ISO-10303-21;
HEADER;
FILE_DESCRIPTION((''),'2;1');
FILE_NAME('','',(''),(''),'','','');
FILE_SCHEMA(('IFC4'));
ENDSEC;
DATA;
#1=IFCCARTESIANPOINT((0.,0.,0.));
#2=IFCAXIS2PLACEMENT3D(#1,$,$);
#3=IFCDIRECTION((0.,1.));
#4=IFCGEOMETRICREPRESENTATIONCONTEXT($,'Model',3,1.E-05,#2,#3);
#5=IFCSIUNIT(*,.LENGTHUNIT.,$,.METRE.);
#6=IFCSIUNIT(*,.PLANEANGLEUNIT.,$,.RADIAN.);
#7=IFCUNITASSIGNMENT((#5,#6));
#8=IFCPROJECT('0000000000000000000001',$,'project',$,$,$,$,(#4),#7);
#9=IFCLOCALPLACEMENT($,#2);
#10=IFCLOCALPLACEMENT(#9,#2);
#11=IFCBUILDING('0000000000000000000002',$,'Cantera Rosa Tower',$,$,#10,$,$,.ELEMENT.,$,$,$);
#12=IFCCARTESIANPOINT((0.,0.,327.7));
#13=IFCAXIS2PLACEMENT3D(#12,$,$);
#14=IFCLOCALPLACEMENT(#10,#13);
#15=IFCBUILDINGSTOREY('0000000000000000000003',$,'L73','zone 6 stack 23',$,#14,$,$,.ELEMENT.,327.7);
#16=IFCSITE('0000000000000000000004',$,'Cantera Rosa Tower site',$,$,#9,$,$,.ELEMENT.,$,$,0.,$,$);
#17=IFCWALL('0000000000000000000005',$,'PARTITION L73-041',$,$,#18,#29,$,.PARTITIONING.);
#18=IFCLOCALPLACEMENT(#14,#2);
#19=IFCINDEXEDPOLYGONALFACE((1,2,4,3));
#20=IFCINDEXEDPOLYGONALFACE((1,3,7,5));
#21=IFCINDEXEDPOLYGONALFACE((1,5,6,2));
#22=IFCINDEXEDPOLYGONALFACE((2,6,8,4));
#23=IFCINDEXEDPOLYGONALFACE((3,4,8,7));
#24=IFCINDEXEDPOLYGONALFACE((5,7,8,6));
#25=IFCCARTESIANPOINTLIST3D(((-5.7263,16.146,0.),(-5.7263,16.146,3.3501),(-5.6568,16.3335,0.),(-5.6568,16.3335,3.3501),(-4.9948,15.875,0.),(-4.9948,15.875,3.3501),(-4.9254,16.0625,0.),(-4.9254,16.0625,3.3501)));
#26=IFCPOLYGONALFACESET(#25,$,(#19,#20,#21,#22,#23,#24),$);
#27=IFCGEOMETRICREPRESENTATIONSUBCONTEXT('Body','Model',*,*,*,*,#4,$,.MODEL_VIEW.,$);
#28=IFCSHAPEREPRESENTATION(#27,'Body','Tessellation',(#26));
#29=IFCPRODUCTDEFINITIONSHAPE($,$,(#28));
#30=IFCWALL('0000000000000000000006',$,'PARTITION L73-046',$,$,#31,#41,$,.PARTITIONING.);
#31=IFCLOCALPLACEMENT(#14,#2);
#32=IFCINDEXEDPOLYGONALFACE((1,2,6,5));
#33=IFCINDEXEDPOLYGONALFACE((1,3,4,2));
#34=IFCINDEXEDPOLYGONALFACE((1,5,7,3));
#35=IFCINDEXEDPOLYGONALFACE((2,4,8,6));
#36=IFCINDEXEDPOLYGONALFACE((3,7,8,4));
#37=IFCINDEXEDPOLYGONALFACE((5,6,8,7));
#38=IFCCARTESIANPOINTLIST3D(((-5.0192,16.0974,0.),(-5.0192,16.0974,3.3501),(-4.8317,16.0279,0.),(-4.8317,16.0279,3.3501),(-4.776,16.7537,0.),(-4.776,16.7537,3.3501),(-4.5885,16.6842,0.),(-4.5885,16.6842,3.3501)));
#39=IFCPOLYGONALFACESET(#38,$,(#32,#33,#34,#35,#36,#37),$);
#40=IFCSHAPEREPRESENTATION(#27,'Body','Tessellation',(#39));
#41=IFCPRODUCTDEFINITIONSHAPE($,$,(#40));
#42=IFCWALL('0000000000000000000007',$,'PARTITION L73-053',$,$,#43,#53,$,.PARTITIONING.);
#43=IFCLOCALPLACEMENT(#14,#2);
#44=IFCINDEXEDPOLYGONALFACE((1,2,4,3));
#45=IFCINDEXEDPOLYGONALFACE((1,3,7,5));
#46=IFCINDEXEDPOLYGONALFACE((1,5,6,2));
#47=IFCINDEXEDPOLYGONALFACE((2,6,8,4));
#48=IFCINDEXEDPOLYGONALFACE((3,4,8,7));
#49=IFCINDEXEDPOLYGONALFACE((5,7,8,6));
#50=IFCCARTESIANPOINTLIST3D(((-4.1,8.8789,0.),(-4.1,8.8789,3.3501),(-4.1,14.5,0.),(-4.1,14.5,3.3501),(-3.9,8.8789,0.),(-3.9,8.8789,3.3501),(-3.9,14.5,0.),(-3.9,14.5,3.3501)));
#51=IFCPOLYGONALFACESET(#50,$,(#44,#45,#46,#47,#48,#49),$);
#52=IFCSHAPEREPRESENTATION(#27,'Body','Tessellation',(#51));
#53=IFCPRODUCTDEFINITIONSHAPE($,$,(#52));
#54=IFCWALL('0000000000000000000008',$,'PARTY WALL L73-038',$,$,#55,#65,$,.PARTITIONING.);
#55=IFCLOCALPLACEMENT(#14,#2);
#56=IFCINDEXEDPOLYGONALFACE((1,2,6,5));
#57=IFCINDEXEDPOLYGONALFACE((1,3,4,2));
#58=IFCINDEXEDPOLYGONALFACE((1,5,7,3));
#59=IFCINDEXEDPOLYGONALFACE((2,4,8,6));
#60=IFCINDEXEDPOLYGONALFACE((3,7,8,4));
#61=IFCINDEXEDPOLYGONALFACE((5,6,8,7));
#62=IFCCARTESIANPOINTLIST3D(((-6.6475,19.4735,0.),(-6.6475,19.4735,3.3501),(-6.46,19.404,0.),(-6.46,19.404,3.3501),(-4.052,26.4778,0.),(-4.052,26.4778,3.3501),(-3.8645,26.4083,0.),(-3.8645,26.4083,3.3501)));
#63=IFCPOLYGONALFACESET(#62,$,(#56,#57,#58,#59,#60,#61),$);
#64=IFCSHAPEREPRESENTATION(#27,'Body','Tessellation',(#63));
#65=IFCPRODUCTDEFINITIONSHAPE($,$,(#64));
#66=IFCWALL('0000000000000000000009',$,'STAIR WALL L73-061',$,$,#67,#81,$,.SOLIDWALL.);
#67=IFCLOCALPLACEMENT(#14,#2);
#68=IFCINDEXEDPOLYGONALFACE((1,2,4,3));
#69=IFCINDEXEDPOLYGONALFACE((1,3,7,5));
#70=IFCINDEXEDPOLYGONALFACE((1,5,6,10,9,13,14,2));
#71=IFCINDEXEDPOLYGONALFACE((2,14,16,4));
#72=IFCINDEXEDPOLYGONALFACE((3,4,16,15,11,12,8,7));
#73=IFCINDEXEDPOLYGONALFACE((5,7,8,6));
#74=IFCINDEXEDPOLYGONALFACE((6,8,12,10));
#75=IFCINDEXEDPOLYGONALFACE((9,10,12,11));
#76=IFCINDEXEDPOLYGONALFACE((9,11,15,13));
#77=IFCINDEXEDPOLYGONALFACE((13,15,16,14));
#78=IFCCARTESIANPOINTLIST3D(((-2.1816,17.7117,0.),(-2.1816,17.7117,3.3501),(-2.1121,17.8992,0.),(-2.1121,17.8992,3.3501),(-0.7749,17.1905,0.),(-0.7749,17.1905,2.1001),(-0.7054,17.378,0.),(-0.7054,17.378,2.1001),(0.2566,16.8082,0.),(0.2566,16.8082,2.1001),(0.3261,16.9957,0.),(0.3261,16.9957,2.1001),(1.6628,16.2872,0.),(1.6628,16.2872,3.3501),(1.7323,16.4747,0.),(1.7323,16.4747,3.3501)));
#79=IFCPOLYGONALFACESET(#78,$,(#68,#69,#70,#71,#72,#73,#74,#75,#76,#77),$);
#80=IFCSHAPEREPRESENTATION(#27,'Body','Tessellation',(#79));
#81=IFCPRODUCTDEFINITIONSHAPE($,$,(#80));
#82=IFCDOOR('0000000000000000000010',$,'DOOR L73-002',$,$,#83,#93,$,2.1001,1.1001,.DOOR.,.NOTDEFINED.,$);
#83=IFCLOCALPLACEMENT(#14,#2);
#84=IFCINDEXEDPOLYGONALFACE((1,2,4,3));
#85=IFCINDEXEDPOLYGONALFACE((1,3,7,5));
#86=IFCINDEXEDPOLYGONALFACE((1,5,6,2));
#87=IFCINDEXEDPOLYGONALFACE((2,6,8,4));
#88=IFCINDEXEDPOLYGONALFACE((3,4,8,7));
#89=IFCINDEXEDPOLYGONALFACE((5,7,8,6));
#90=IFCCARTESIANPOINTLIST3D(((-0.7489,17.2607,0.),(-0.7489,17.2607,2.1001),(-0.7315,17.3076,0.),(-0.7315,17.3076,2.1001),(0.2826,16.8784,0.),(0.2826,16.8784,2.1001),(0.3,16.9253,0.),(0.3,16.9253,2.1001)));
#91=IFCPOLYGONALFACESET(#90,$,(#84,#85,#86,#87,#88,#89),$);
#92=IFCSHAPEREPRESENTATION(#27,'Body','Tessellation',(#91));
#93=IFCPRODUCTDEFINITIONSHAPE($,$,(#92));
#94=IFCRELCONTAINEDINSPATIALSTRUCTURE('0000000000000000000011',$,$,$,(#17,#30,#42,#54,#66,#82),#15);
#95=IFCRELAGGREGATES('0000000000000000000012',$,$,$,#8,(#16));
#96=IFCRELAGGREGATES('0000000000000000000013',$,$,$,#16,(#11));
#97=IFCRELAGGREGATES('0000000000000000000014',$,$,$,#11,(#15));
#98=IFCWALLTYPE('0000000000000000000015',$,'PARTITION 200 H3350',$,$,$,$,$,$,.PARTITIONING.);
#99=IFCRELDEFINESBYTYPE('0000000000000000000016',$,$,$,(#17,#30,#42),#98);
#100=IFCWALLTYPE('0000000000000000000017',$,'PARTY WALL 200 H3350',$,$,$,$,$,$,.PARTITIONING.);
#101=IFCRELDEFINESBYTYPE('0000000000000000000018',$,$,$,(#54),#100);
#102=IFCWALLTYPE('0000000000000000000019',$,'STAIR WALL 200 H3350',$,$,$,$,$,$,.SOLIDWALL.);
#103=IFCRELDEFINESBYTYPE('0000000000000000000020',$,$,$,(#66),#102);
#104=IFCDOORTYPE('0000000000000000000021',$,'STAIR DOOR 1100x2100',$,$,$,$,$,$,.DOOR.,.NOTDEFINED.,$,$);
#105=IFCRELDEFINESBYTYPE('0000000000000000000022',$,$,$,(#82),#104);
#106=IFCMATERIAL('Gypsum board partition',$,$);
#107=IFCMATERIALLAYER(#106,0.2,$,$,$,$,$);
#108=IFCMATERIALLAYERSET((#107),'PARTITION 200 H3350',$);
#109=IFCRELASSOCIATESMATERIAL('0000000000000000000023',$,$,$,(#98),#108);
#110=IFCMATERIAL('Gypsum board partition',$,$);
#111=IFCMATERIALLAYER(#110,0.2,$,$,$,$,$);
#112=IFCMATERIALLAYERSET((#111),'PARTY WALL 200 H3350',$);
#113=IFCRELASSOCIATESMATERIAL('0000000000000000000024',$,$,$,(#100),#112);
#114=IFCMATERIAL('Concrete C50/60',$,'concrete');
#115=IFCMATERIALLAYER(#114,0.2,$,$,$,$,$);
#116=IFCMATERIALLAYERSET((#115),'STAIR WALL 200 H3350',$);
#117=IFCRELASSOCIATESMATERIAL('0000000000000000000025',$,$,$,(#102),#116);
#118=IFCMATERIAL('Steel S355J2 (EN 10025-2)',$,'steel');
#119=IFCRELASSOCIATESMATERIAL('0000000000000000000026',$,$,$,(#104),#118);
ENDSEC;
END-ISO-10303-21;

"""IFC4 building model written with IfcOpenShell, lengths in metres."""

from ifc_helpers import new_model, si_unit, direction, frame, frame_2d, origin, place, context, subcontext, project, spatial, rectangle, extrude, material, layer, layer_set, type_object, element, fill, save


model = new_model("IFC4")

# Units and contexts
model_context = context("Model", 3, precision=1e-05, world=origin(), true_north=direction((0.0, 1.0)))
body_context = subcontext(model_context, "Body", "Model", "MODEL_VIEW")
ifc_project = project(units=[si_unit("LENGTHUNIT", "METRE"), si_unit("PLANEANGLEUNIT", "RADIAN")], contexts=[model_context])

# Site, building, storey
site_placement = place(None, origin())
site = spatial("IfcSite", under=ifc_project, at=site_placement, Name="Cantera Rosa Tower site", CompositionType="ELEMENT", RefElevation=0.0)
building_placement = place(site_placement, origin())
building = spatial("IfcBuilding", under=site, at=building_placement, Name="Cantera Rosa Tower", CompositionType="ELEMENT")
storey_placement = place(building_placement, frame((0.0, 0.0, 327.7)))
storey = spatial("IfcBuildingStorey", under=building, at=storey_placement, Name="L73", Description="zone 6 stack 23", CompositionType="ELEMENT", Elevation=327.7)

# Walls
ifc_material_1 = material(Name="Gypsum board partition")
ifc_layer_1 = layer(ifc_material_1, 0.2)
ifc_layer_set_1 = layer_set([ifc_layer_1], Name="PARTITION 200 H3350")
wall_type_1 = type_object("IfcWallType", Name="PARTITION 200 H3350", PredefinedType="PARTITIONING", material=ifc_layer_set_1)
wall_1_placement = place(storey_placement, frame((-5.6917, 16.2397, 0.0), z_axis=(0.0, 0.0, 1.0), x_axis=(0.937711, -0.347416, 0.0)))
element("IfcWall", 1, at=wall_1_placement, inside=storey, type_object=wall_type_1, Name="PARTITION L73-041", PredefinedType="PARTITIONING", context=body_context, shape_type="SweptSolid", body=[
    extrude(rectangle(XDim=0.78, YDim=0.2, at=frame_2d((0.3901, 0.0))), origin(), (0.0, 0.0, 1.0), 3.3501),
])
wall_2_placement = place(storey_placement, frame((-4.9255, 16.0625, 0.0), z_axis=(0.0, 0.0, 1.0), x_axis=(0.347451, 0.937698, 0.0)))
element("IfcWall", 2, at=wall_2_placement, inside=storey, type_object=wall_type_1, Name="PARTITION L73-046", PredefinedType="PARTITIONING", context=body_context, shape_type="SweptSolid", body=[
    extrude(rectangle(XDim=0.7, YDim=0.2, at=frame_2d((0.3501, 0.0))), origin(), (0.0, 0.0, 1.0), 3.3501),
])
wall_3_placement = place(storey_placement, frame((-4.0, 14.5, 0.0), z_axis=(0.0, 0.0, 1.0), x_axis=(0.0, -1.0, 0.0)))
element("IfcWall", 3, at=wall_3_placement, inside=storey, type_object=wall_type_1, Name="PARTITION L73-053", PredefinedType="PARTITIONING", context=body_context, shape_type="SweptSolid", body=[
    extrude(rectangle(XDim=5.6211, YDim=0.2, at=frame_2d((2.8105, 0.0))), origin(), (0.0, 0.0, 1.0), 3.3501),
])
ifc_material_2 = material(Name="Gypsum board partition")
ifc_layer_2 = layer(ifc_material_2, 0.2)
ifc_layer_set_2 = layer_set([ifc_layer_2], Name="PARTY WALL 200 H3350")
wall_type_2 = type_object("IfcWallType", Name="PARTY WALL 200 H3350", PredefinedType="PARTITIONING", material=ifc_layer_set_2)
wall_4_placement = place(storey_placement, frame((-6.5537, 19.4387, 0.0), z_axis=(0.0, 0.0, 1.0), x_axis=(0.34746, 0.937695, 0.0)))
element("IfcWall", 4, at=wall_4_placement, inside=storey, type_object=wall_type_2, Name="PARTY WALL L73-038", PredefinedType="PARTITIONING", context=body_context, shape_type="SweptSolid", body=[
    extrude(rectangle(XDim=7.4697, YDim=0.2, at=frame_2d((3.7349, 0.0))), origin(), (0.0, 0.0, 1.0), 3.3501),
])

# Wall, opening, door
ifc_material_3 = material(Name="Concrete C50/60", Category="concrete")
ifc_layer_3 = layer(ifc_material_3, 0.2)
ifc_layer_set_3 = layer_set([ifc_layer_3], Name="STAIR WALL 200 H3350")
wall_type_3 = type_object("IfcWallType", Name="STAIR WALL 200 H3350", PredefinedType="SOLIDWALL", material=ifc_layer_set_3)
wall_5_placement = place(storey_placement, frame((-2.1467, 17.8054, 0.0), z_axis=(0.0, 0.0, 1.0), x_axis=(0.937695, -0.34746, 0.0)))
wall_5 = element("IfcWall", 5, at=wall_5_placement, inside=storey, type_object=wall_type_3, Name="STAIR WALL L73-061", PredefinedType="SOLIDWALL", context=body_context, shape_type="SweptSolid", body=[
    extrude(rectangle(XDim=4.0999, YDim=0.2, at=frame_2d((2.0498, 0.0))), origin(), (0.0, 0.0, 1.0), 3.3501),
])
opening_1_placement = place(wall_5_placement, frame((1.5, 0.0, 0.0)))
opening_1 = element("IfcOpeningElement", 6, at=opening_1_placement, cuts=wall_5, PredefinedType="OPENING", context=body_context, shape_type="SweptSolid", body=[
    extrude(rectangle(XDim=1.1001, YDim=2.1001, at=frame_2d((0.55, 1.05))), frame((0.0, 0.1099, 0.0), z_axis=(0.0, -1.0, 0.0), x_axis=(1.0, 0.0, 0.0)), (0.0, 0.0, 1.0), 0.22),
])
ifc_material_4 = material(Name="Steel S355J2 (EN 10025-2)", Category="steel")
door_type_1 = type_object("IfcDoorType", Name="STAIR DOOR 1100x2100", OperationType="NOTDEFINED", PredefinedType="DOOR", material=ifc_material_4)
door_1_placement = place(opening_1_placement, origin())
door_1 = element("IfcDoor", 7, at=door_1_placement, inside=storey, type_object=door_type_1, Name="DOOR L73-002", OperationType="NOTDEFINED", OverallHeight=2.1001, OverallWidth=1.1001, PredefinedType="DOOR", context=body_context, shape_type="SweptSolid", body=[
    extrude(rectangle(XDim=1.1001, YDim=2.1001, at=frame_2d((0.55, 1.05))), frame((0.0, 0.0249, 0.0), z_axis=(0.0, -1.0, 0.0), x_axis=(1.0, 0.0, 0.0)), (0.0, 0.0, 1.0), 0.05),
])
fill(opening_1, door_1)

save(model, "model.ifc")
